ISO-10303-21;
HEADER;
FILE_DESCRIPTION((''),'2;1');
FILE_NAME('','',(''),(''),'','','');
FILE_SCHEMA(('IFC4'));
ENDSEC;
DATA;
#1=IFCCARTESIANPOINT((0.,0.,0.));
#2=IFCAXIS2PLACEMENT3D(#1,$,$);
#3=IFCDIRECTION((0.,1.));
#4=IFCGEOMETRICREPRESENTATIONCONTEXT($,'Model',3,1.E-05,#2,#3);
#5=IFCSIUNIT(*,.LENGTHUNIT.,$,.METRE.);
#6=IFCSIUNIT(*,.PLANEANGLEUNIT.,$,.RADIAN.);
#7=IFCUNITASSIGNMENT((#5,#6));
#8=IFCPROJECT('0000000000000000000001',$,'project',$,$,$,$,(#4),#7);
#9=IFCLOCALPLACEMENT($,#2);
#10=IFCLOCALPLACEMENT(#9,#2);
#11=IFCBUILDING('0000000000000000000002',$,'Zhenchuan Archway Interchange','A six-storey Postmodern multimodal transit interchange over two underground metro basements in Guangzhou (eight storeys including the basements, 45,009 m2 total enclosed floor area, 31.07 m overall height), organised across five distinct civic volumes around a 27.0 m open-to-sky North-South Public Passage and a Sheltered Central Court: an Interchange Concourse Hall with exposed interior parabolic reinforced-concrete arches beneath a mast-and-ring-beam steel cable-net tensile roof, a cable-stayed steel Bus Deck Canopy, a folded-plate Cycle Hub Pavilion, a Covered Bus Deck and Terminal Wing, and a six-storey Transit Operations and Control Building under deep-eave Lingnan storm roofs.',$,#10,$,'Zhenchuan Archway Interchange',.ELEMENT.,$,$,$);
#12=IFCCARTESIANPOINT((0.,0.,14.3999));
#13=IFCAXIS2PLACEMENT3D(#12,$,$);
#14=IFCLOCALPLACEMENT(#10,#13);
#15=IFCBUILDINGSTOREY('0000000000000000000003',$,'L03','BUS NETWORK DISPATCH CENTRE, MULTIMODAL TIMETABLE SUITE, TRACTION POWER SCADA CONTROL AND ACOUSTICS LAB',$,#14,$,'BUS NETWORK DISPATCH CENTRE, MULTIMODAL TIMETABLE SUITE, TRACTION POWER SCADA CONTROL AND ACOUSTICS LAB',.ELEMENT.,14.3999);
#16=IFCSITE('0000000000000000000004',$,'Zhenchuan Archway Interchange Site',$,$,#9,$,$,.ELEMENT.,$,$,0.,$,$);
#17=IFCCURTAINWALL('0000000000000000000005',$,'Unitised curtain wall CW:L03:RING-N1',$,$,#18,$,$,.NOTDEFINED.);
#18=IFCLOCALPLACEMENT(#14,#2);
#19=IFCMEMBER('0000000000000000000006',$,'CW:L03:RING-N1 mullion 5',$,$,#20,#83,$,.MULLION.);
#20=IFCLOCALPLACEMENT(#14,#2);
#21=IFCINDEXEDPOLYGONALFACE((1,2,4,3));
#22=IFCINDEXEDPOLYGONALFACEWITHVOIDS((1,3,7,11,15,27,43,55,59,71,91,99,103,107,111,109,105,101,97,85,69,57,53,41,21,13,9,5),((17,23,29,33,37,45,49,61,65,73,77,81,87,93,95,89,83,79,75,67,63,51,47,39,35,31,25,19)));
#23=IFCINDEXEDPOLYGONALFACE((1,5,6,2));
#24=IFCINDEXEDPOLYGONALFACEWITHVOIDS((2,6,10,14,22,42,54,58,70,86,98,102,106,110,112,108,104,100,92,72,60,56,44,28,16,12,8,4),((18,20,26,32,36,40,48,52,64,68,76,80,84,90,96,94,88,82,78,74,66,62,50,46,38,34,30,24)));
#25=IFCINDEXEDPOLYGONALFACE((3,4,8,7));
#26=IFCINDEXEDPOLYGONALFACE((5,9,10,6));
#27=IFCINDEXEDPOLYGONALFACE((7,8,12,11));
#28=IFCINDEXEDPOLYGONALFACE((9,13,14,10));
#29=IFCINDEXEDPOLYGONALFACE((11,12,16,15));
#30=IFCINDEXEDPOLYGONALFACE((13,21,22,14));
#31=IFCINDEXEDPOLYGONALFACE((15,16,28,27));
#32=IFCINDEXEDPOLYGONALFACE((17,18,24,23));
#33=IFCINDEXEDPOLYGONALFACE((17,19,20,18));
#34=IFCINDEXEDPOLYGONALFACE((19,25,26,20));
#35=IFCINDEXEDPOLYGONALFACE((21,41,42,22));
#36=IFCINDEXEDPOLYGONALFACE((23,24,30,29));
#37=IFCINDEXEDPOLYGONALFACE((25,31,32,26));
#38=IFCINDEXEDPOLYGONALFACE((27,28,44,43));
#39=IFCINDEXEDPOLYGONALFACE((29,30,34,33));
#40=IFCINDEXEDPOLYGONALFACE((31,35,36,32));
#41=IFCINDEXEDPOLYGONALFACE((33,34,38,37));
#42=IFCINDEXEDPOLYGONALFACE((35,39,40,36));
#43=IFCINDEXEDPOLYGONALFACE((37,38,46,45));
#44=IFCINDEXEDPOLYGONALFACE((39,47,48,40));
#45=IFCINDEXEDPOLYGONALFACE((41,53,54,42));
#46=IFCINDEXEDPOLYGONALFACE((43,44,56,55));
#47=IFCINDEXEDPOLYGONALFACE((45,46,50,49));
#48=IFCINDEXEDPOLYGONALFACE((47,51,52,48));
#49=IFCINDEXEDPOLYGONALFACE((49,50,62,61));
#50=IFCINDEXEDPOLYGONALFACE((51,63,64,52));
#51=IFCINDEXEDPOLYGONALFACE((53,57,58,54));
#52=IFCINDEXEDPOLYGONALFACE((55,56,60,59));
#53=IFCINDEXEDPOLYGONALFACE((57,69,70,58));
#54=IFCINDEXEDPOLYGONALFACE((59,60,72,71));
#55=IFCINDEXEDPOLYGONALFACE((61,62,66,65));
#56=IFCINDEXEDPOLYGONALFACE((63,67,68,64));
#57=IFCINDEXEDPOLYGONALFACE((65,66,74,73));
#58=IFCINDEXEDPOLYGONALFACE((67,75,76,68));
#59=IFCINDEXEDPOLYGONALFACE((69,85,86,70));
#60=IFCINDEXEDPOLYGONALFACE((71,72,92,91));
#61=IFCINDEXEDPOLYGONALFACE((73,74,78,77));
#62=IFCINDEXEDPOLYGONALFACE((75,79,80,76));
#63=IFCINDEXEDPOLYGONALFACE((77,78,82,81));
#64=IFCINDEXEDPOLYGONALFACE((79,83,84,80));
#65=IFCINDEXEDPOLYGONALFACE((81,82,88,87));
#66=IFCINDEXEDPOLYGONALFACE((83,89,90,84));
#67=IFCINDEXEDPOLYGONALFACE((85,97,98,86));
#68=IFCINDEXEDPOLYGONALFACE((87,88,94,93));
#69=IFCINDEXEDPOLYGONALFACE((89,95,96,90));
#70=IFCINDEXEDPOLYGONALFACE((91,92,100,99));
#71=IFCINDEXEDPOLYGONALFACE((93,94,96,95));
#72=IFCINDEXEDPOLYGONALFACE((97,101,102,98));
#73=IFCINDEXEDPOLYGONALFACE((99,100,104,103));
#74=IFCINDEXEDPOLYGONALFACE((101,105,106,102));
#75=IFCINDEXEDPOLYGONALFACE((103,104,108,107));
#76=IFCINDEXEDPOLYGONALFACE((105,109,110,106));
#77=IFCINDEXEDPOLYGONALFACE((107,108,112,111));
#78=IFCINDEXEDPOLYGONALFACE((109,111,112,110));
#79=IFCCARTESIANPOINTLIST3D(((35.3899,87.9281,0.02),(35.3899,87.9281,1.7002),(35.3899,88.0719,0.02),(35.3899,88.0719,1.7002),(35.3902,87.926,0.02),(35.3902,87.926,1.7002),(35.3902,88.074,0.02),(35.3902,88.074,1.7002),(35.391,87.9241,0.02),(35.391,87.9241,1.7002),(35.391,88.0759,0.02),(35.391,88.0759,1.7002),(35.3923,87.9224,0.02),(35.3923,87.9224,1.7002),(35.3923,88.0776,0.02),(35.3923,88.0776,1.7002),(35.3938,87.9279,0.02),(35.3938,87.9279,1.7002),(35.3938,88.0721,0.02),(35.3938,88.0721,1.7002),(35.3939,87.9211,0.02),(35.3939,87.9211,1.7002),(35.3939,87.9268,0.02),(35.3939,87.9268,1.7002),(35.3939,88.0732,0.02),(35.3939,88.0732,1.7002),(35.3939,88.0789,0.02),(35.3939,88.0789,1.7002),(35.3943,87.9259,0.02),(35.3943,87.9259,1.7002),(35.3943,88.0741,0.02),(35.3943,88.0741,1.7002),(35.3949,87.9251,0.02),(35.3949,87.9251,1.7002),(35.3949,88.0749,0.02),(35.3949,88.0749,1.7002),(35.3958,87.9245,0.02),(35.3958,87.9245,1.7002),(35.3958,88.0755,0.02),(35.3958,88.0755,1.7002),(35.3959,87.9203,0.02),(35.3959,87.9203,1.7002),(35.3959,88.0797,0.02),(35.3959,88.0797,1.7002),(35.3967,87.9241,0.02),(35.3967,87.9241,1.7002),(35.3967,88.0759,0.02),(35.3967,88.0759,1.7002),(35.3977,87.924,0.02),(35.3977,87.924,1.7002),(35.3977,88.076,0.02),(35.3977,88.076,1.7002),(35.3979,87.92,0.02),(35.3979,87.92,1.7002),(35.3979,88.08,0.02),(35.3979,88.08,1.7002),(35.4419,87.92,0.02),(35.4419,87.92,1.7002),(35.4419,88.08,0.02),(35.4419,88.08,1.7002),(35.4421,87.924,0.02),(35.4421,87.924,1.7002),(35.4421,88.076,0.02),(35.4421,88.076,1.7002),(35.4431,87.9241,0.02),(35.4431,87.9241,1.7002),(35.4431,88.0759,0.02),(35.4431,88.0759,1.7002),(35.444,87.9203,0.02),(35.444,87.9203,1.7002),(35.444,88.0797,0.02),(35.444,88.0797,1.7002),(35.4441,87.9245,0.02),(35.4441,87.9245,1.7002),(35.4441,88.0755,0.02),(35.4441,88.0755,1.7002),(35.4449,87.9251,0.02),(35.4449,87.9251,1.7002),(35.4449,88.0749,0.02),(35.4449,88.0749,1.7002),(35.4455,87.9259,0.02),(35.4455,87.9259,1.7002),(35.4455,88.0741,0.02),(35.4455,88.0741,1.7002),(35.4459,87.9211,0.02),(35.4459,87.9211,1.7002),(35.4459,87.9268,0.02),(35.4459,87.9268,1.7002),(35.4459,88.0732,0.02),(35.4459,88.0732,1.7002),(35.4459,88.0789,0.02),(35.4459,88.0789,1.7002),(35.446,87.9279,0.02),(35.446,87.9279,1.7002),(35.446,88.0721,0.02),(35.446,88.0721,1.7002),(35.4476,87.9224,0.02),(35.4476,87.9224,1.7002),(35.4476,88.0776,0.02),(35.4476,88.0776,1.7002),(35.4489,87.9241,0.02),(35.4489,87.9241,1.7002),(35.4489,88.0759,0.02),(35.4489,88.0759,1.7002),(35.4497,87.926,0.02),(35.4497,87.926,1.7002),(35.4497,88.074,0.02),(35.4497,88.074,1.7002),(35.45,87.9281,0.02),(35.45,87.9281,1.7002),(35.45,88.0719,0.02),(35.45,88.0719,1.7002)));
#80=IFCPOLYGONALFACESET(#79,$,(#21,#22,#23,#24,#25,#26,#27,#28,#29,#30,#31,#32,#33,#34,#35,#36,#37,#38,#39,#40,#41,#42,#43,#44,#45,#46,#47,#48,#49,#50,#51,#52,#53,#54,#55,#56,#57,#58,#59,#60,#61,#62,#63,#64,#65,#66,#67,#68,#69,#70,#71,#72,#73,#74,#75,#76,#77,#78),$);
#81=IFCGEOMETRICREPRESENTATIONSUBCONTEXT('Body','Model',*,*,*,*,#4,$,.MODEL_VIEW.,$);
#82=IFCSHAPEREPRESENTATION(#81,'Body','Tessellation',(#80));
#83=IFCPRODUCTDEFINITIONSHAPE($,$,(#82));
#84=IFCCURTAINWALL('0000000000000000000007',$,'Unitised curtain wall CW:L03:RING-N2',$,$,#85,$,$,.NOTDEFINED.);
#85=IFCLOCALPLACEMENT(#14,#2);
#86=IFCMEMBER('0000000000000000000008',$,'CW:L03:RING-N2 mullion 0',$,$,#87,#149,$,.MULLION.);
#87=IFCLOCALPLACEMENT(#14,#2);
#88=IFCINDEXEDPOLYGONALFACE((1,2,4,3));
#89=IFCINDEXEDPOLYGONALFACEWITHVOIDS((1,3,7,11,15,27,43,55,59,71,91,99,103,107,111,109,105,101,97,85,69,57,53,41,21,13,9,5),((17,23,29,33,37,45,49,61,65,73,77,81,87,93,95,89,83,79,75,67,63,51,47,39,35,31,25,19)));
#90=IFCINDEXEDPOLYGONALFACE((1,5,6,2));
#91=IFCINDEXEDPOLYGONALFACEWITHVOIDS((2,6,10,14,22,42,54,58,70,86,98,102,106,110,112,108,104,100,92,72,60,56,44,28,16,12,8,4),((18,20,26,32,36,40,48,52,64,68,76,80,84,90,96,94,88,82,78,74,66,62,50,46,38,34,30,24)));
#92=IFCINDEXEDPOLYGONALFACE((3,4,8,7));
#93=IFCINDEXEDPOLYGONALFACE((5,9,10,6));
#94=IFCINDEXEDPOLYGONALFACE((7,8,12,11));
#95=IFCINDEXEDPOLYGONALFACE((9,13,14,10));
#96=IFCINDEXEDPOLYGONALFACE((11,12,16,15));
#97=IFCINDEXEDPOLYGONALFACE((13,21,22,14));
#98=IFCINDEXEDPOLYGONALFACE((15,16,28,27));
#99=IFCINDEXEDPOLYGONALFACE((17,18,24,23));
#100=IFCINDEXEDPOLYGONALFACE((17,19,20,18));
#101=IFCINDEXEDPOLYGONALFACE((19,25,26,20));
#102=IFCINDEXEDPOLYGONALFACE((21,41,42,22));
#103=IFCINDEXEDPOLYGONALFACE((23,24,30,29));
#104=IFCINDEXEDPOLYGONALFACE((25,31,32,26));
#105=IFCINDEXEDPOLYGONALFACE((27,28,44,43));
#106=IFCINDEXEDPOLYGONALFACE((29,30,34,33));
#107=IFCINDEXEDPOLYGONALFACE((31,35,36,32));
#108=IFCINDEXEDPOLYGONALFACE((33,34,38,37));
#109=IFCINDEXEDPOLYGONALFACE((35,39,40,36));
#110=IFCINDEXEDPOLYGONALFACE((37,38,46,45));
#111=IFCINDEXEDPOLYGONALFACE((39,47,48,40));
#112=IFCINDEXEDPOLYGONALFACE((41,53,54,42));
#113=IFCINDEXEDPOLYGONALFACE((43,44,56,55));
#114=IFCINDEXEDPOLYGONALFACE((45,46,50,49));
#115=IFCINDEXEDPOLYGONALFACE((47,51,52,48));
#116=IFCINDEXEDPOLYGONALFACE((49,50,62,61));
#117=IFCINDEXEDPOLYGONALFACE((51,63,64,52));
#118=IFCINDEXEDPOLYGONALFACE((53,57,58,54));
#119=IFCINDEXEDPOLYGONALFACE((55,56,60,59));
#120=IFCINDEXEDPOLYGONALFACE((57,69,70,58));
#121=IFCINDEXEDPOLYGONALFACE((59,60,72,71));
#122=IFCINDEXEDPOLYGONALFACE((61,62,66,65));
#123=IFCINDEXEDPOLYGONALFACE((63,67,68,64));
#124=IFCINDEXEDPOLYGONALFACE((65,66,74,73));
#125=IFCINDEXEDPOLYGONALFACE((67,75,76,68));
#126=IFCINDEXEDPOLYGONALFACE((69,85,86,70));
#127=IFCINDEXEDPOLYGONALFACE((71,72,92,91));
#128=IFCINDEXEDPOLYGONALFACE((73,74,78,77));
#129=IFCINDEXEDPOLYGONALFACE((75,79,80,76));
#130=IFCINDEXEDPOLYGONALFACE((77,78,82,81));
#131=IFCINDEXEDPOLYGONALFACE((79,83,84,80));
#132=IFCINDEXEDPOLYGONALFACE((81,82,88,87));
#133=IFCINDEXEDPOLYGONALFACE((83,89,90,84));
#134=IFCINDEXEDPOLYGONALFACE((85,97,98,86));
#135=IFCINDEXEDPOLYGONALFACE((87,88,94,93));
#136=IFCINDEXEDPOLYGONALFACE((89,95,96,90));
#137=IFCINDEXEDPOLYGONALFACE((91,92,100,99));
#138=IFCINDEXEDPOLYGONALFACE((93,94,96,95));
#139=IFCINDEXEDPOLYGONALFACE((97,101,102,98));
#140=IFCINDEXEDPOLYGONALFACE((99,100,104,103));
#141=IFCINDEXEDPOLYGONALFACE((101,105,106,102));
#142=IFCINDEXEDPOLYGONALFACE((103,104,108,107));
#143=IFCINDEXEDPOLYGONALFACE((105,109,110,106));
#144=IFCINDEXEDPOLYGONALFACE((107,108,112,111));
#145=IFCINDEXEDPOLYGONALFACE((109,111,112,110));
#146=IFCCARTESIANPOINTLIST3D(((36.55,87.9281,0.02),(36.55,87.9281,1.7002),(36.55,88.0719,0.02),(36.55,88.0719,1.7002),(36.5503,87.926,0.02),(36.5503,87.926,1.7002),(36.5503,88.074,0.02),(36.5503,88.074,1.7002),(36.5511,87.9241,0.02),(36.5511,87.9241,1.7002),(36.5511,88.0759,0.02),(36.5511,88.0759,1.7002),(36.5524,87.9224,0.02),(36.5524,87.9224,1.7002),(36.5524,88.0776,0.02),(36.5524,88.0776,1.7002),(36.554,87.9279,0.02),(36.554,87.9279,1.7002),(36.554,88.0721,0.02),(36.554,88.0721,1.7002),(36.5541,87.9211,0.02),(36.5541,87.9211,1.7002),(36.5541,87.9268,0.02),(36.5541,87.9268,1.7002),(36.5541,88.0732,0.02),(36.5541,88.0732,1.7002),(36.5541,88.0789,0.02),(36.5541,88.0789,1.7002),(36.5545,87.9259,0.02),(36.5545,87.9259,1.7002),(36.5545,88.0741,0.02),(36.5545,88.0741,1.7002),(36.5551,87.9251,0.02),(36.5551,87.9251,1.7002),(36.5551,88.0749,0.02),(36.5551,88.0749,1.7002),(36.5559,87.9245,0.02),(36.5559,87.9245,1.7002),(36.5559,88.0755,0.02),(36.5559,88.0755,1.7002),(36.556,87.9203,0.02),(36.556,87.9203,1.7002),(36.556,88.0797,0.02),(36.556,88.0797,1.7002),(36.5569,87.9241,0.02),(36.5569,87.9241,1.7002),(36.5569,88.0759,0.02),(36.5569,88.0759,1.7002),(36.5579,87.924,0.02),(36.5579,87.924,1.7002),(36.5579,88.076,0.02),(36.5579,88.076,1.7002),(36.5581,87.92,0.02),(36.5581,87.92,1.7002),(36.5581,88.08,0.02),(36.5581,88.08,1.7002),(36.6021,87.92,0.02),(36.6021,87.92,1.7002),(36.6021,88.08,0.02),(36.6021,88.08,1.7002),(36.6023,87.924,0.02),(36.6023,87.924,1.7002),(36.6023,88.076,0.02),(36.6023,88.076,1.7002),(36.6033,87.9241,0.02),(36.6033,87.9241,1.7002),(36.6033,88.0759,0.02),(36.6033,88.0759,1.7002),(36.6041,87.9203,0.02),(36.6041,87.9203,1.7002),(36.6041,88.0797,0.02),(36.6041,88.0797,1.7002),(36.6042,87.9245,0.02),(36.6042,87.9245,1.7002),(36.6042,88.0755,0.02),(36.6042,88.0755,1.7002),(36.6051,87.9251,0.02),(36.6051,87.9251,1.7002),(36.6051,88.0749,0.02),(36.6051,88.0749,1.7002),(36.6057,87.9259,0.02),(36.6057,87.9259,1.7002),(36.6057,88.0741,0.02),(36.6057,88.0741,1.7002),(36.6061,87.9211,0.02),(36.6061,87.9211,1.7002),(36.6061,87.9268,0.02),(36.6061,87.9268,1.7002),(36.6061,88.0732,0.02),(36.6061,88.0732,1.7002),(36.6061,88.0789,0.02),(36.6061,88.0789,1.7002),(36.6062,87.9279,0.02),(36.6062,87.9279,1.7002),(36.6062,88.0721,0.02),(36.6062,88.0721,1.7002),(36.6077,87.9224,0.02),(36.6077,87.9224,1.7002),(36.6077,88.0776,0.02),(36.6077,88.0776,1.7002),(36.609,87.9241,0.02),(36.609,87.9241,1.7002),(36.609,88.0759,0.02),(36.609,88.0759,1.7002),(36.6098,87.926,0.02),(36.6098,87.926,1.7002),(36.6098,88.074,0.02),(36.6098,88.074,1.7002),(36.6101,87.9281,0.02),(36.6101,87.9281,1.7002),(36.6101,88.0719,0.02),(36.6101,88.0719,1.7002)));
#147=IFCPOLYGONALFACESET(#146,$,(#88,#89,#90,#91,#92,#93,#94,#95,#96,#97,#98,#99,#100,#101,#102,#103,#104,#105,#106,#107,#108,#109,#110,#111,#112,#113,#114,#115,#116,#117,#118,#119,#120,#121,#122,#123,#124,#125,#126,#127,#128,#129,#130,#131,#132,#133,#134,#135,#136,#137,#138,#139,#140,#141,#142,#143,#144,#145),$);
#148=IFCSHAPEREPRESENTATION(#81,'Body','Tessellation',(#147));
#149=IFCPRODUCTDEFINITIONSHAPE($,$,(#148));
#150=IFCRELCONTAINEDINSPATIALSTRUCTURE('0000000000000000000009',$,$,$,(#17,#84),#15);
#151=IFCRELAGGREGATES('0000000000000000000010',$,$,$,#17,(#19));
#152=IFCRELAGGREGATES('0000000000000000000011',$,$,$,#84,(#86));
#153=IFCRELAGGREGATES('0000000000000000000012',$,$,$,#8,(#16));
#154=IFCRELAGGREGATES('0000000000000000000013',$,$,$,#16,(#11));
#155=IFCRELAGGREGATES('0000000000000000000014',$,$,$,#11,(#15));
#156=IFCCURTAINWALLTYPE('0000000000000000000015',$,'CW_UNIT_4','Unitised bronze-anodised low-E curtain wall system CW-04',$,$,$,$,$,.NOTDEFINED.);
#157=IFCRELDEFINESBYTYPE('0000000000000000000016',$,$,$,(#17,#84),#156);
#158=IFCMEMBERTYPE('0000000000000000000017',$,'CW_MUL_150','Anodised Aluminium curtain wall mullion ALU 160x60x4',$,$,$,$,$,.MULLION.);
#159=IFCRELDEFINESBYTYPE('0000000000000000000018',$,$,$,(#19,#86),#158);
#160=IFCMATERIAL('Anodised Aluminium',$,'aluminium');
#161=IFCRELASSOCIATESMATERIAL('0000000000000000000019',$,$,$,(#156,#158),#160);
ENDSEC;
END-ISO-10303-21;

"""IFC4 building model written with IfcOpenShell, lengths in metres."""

from ifc_helpers import new_model, si_unit, direction, frame, origin, origin_2d, place, context, subcontext, project, spatial, hollow_rectangle, extrude, material, material_profile, profile_set, type_object, element, aggregate, save


model = new_model("IFC4")

# Units and contexts
model_context = context("Model", 3, precision=1e-05, world=origin(), true_north=direction((0.0, 1.0)))
body_context = subcontext(model_context, "Body", "Model", "MODEL_VIEW")
ifc_project = project(units=[si_unit("LENGTHUNIT", "METRE"), si_unit("PLANEANGLEUNIT", "RADIAN")], contexts=[model_context])

# Site, building, storey
site_placement = place(None, origin())
site = spatial("IfcSite", under=ifc_project, at=site_placement, Name="Zhenchuan Archway Interchange Site", CompositionType="ELEMENT", RefElevation=0.0)
building_placement = place(site_placement, origin())
building = spatial("IfcBuilding", under=site, at=building_placement, Name="Zhenchuan Archway Interchange", Description="A six-storey Postmodern multimodal transit interchange over two underground metro basements in Guangzhou (eight storeys including the basements, 45,009 m2 total enclosed floor area, 31.07 m overall height), organised across five distinct civic volumes around a 27.0 m open-to-sky North-South Public Passage and a Sheltered Central Court: an Interchange Concourse Hall with exposed interior parabolic reinforced-concrete arches beneath a mast-and-ring-beam steel cable-net tensile roof, a cable-stayed steel Bus Deck Canopy, a folded-plate Cycle Hub Pavilion, a Covered Bus Deck and Terminal Wing, and a six-storey Transit Operations and Control Building under deep-eave Lingnan storm roofs.", LongName="Zhenchuan Archway Interchange", CompositionType="ELEMENT")
storey_placement = place(building_placement, frame((0.0, 0.0, 14.3999)))
storey = spatial("IfcBuildingStorey", under=building, at=storey_placement, Name="L03", Description="BUS NETWORK DISPATCH CENTRE, MULTIMODAL TIMETABLE SUITE, TRACTION POWER SCADA CONTROL AND ACOUSTICS LAB", LongName="BUS NETWORK DISPATCH CENTRE, MULTIMODAL TIMETABLE SUITE, TRACTION POWER SCADA CONTROL AND ACOUSTICS LAB", CompositionType="ELEMENT", Elevation=14.3999)

# Curtain wall, member
ifc_material_1 = material(Name="Anodised Aluminium", Category="aluminium")
curtain_wall_type = type_object("IfcCurtainWallType", Name="CW_UNIT_4", Description="Unitised bronze-anodised low-E curtain wall system CW-04", PredefinedType="NOTDEFINED", material=ifc_material_1)
curtain_wall_1_placement = place(storey_placement, origin())
curtain_wall_1 = element("IfcCurtainWall", 1, at=curtain_wall_1_placement, inside=storey, type_object=curtain_wall_type, Name="Unitised curtain wall CW:L03:RING-N1", PredefinedType="NOTDEFINED")
ifc_material_profile_1 = material_profile(ifc_material_1, hollow_rectangle(XDim=0.0601, YDim=0.1599, WallThickness=0.0039, InnerFilletRadius=0.0039, OuterFilletRadius=0.0081, at=origin_2d()), Name="ALU 160x60x4")
ifc_profile_set_1 = profile_set([ifc_material_profile_1], Name="Anodised Aluminium")
member_type_1 = type_object("IfcMemberType", Name="CW_MUL_150", Description="Anodised Aluminium curtain wall mullion ALU 160x60x4", PredefinedType="MULLION", material=ifc_profile_set_1)
member_1_placement = place(storey_placement, frame((35.4199, 88.0, 0.02), z_axis=(0.0, 0.0, 1.0), x_axis=(1.0, 0.0, 0.0)))
member_1 = element("IfcMember", 2, at=member_1_placement, type_object=member_type_1, Name="CW:L03:RING-N1 mullion 5", PredefinedType="MULLION", context=body_context, shape_type="SweptSolid", body=[
    extrude(hollow_rectangle(XDim=0.0601, YDim=0.1599, WallThickness=0.0039, InnerFilletRadius=0.0039, OuterFilletRadius=0.0081, at=origin_2d()), origin(), (0.0, 0.0, 1.0), 1.6802),
])

# Curtain wall, member
curtain_wall_2_placement = place(storey_placement, origin())
curtain_wall_2 = element("IfcCurtainWall", 3, at=curtain_wall_2_placement, inside=storey, type_object=curtain_wall_type, Name="Unitised curtain wall CW:L03:RING-N2", PredefinedType="NOTDEFINED")
member_2_placement = place(storey_placement, frame((36.5801, 88.0, 0.02), z_axis=(0.0, 0.0, 1.0), x_axis=(1.0, 0.0, 0.0)))
member_2 = element("IfcMember", 4, at=member_2_placement, type_object=member_type_1, Name="CW:L03:RING-N2 mullion 0", PredefinedType="MULLION", context=body_context, shape_type="SweptSolid", body=[
    extrude(hollow_rectangle(XDim=0.0601, YDim=0.1599, WallThickness=0.0039, InnerFilletRadius=0.0039, OuterFilletRadius=0.0081, at=origin_2d()), origin(), (0.0, 0.0, 1.0), 1.6802),
])

aggregate(curtain_wall_1, [member_1])
aggregate(curtain_wall_2, [member_2])

save(model, "model.ifc")
